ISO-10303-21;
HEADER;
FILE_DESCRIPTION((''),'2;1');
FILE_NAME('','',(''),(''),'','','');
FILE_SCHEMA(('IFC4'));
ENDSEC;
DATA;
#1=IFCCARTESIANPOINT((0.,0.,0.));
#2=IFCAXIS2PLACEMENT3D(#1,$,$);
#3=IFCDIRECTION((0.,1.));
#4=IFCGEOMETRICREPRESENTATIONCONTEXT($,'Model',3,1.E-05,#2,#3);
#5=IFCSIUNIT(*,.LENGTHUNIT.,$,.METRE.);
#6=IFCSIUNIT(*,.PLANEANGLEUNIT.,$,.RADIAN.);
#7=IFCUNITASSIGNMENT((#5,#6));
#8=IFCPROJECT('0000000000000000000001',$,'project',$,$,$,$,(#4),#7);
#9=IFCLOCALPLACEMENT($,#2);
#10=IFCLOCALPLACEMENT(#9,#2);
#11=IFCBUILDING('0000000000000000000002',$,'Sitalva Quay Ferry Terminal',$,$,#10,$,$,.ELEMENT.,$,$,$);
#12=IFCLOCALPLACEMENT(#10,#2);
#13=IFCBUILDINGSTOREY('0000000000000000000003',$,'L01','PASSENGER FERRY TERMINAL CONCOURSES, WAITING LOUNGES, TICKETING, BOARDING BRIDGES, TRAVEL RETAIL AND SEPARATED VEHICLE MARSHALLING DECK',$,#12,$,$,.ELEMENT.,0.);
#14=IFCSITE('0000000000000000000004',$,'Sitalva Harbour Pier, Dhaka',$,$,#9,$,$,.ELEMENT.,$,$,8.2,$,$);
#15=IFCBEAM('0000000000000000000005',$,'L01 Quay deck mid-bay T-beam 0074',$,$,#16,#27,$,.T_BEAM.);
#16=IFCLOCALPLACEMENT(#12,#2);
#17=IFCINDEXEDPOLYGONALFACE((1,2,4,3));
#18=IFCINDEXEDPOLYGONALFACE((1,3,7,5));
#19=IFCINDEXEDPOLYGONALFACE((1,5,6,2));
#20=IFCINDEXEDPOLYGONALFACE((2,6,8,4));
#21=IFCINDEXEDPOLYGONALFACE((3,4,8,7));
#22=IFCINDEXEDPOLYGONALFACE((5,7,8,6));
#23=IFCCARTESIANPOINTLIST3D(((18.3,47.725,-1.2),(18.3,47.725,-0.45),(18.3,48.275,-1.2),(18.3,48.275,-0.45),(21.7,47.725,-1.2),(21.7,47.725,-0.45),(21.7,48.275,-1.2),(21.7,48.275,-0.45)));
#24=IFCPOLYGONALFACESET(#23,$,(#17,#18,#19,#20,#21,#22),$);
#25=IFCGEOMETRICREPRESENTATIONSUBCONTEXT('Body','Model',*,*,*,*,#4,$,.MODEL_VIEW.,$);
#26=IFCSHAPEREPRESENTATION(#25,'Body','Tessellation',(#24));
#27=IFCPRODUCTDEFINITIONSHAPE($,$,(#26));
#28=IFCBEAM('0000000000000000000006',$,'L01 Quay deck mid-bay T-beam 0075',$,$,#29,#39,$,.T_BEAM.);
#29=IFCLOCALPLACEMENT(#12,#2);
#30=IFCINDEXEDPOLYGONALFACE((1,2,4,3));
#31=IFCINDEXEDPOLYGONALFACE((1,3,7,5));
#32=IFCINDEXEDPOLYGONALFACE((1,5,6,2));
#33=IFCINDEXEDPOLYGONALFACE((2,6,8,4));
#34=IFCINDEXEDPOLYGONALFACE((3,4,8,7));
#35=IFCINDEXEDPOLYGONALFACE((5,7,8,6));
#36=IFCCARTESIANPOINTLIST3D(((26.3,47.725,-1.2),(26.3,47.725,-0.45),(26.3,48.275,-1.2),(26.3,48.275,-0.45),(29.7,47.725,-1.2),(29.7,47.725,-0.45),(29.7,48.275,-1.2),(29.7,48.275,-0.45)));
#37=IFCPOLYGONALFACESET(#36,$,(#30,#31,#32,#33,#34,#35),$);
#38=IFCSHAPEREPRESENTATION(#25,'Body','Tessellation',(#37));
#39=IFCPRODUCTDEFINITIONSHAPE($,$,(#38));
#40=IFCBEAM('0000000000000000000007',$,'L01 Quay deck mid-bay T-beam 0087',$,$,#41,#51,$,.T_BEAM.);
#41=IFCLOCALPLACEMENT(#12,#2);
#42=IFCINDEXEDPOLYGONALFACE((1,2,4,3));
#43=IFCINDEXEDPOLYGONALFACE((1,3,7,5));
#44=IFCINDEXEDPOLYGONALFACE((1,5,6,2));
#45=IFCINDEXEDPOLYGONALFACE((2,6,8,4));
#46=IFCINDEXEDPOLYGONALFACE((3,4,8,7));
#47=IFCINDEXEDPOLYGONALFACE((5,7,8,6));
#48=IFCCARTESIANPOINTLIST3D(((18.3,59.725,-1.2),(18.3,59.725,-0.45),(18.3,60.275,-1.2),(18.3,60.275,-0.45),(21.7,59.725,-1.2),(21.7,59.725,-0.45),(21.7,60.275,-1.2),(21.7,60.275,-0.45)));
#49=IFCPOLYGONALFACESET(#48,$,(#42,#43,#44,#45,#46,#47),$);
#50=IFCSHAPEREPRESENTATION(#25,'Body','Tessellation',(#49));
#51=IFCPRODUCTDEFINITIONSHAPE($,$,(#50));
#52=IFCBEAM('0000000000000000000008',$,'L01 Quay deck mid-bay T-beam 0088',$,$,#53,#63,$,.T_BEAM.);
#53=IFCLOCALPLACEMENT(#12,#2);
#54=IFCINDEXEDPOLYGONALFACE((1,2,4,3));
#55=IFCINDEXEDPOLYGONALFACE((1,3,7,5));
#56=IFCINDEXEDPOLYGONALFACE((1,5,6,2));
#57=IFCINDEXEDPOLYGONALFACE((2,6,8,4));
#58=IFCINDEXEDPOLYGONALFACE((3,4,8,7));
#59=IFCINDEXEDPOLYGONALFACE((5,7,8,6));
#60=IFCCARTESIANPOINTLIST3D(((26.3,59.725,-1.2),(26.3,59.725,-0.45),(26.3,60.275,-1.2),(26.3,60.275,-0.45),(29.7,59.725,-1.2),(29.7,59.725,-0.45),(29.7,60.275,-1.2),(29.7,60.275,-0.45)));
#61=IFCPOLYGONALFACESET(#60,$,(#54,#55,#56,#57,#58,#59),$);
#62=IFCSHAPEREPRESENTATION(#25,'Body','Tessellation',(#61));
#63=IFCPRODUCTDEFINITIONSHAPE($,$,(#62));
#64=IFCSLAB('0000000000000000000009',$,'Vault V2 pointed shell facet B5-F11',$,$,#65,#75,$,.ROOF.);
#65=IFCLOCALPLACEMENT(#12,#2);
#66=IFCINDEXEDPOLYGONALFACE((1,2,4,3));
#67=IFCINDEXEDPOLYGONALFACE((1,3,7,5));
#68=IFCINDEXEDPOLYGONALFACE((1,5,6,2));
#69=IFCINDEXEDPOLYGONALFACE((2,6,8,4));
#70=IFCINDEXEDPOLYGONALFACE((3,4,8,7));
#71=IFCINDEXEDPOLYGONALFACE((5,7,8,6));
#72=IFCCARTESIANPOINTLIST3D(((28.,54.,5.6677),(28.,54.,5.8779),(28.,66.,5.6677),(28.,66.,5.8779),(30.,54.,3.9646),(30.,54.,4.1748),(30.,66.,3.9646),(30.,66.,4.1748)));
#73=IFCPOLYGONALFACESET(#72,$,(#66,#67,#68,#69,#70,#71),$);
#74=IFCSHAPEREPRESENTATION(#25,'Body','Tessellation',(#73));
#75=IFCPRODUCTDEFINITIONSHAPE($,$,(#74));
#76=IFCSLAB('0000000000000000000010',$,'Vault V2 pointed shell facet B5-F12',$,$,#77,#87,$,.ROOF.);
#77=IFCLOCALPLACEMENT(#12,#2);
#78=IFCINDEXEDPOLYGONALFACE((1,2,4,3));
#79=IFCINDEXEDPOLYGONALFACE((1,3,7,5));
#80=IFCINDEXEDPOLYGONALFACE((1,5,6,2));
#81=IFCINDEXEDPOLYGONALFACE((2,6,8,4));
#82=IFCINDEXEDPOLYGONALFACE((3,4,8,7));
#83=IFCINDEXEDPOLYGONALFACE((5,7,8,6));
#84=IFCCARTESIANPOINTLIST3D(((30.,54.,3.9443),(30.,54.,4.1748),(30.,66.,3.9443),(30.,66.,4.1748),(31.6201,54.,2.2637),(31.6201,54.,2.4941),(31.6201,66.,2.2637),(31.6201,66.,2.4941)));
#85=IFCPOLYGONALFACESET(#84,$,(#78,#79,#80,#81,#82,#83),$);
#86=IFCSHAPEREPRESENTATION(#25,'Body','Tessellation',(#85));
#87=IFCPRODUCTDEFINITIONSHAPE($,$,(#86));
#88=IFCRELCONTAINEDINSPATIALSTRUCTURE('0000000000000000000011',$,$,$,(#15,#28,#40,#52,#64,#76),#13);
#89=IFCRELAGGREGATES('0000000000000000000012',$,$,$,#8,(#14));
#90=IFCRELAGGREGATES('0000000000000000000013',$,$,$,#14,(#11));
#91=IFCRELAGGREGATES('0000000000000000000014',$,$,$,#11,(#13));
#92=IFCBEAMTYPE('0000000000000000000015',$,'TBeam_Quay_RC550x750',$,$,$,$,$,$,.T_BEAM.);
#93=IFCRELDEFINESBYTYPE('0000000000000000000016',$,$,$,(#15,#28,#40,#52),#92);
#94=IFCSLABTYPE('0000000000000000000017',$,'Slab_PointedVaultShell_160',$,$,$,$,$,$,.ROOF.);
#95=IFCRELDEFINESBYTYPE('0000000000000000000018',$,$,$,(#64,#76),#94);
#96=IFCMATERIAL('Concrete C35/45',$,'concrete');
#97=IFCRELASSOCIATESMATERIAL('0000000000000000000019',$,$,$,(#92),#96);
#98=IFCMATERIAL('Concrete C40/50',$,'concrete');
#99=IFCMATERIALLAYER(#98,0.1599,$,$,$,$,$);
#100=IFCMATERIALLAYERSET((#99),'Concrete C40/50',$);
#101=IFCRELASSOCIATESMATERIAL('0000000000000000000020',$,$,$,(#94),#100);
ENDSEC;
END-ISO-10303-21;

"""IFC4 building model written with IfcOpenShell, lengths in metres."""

from ifc_helpers import new_model, si_unit, direction, frame, origin, origin_2d, place, context, subcontext, project, spatial, polyline, rectangle, outline, extrude, material, layer, layer_set, material_profile, profile_set, type_object, element, save


model = new_model("IFC4")

# Units and contexts
model_context = context("Model", 3, precision=1e-05, world=origin(), true_north=direction((0.0, 1.0)))
body_context = subcontext(model_context, "Body", "Model", "MODEL_VIEW")
ifc_project = project(units=[si_unit("LENGTHUNIT", "METRE"), si_unit("PLANEANGLEUNIT", "RADIAN")], contexts=[model_context])

# Site, building, storey
site_placement = place(None, origin())
site = spatial("IfcSite", under=ifc_project, at=site_placement, Name="Sitalva Harbour Pier, Dhaka", CompositionType="ELEMENT", RefElevation=8.2)
building_placement = place(site_placement, origin())
building = spatial("IfcBuilding", under=site, at=building_placement, Name="Sitalva Quay Ferry Terminal", CompositionType="ELEMENT")
storey_placement = place(building_placement, origin())
storey = spatial("IfcBuildingStorey", under=building, at=storey_placement, Name="L01", Description="PASSENGER FERRY TERMINAL CONCOURSES, WAITING LOUNGES, TICKETING, BOARDING BRIDGES, TRAVEL RETAIL AND SEPARATED VEHICLE MARSHALLING DECK", CompositionType="ELEMENT", Elevation=0.0)

# Beams
ifc_material_1 = material(Name="Concrete C35/45", Category="concrete")
ifc_material_profile_1 = material_profile(ifc_material_1, rectangle(XDim=0.55, YDim=0.75, at=origin_2d()), Name="RC550x750")
ifc_profile_set_1 = profile_set([ifc_material_profile_1], Name="Concrete C35/45")
beam_type_1 = type_object("IfcBeamType", Name="TBeam_Quay_RC550x750", PredefinedType="T_BEAM", material=ifc_profile_set_1)
for number, where, z_axis, x_axis, name in (
    (1, (18.3, 48.0, -0.825), (1.0, 0.0, 0.0), (0.0, 1.0, 0.0), "L01 Quay deck mid-bay T-beam 0074"),
    (2, (26.3, 48.0, -0.825), (1.0, 0.0, 0.0), (0.0, 1.0, 0.0), "L01 Quay deck mid-bay T-beam 0075"),
    (3, (18.3, 60.0, -0.825), (1.0, 0.0, 0.0), (0.0, 1.0, 0.0), "L01 Quay deck mid-bay T-beam 0087"),
    (4, (26.3, 60.0, -0.825), (1.0, 0.0, 0.0), (0.0, 1.0, 0.0), "L01 Quay deck mid-bay T-beam 0088"),
):
    element("IfcBeam", number, at=place(storey_placement, frame(where, z_axis=z_axis, x_axis=x_axis)), inside=storey, type_object=beam_type_1, Name=name, PredefinedType="T_BEAM", context=body_context, shape_type="SweptSolid", body=[
        extrude(rectangle(XDim=0.55, YDim=0.75, at=origin_2d()), origin(), (0.0, 0.0, 1.0), 3.3999),
    ])

# Slabs
ifc_material_2 = material(Name="Concrete C40/50", Category="concrete")
ifc_layer = layer(ifc_material_2, 0.1599)
ifc_layer_set = layer_set([ifc_layer], Name="Concrete C40/50")
slab_type = type_object("IfcSlabType", Name="Slab_PointedVaultShell_160", PredefinedType="ROOF", material=ifc_layer_set)
slab_1_placement = place(storey_placement, frame((28.0, 54.0, 5.8779), z_axis=(0.648339, 0.0, 0.761352), x_axis=(0.761352, 0.0, -0.648339)))
element("IfcSlab", 5, at=slab_1_placement, inside=storey, type_object=slab_type, Name="Vault V2 pointed shell facet B5-F11", PredefinedType="ROOF", context=body_context, shape_type="SweptSolid", body=[
    extrude(outline(polyline([(0.0, 0.0), (2.6269, 0.0), (2.6269, 12.0), (0.0, 12.0), (0.0, 0.0)])), origin(), (0.648339, 0.0, -0.761352), 0.2102),
])
slab_2_placement = place(storey_placement, frame((30.0, 54.0, 4.1748), z_axis=(0.719956, 0.0, 0.694019), x_axis=(0.694019, 0.0, -0.719956)))
element("IfcSlab", 6, at=slab_2_placement, inside=storey, type_object=slab_type, Name="Vault V2 pointed shell facet B5-F12", PredefinedType="ROOF", context=body_context, shape_type="SweptSolid", body=[
    extrude(outline(polyline([(0.0, 0.0), (2.3344, 0.0), (2.3344, 12.0), (0.0, 12.0), (0.0, 0.0)])), origin(), (0.719956, 0.0, -0.694019), 0.2305),
])

save(model, "model.ifc")
